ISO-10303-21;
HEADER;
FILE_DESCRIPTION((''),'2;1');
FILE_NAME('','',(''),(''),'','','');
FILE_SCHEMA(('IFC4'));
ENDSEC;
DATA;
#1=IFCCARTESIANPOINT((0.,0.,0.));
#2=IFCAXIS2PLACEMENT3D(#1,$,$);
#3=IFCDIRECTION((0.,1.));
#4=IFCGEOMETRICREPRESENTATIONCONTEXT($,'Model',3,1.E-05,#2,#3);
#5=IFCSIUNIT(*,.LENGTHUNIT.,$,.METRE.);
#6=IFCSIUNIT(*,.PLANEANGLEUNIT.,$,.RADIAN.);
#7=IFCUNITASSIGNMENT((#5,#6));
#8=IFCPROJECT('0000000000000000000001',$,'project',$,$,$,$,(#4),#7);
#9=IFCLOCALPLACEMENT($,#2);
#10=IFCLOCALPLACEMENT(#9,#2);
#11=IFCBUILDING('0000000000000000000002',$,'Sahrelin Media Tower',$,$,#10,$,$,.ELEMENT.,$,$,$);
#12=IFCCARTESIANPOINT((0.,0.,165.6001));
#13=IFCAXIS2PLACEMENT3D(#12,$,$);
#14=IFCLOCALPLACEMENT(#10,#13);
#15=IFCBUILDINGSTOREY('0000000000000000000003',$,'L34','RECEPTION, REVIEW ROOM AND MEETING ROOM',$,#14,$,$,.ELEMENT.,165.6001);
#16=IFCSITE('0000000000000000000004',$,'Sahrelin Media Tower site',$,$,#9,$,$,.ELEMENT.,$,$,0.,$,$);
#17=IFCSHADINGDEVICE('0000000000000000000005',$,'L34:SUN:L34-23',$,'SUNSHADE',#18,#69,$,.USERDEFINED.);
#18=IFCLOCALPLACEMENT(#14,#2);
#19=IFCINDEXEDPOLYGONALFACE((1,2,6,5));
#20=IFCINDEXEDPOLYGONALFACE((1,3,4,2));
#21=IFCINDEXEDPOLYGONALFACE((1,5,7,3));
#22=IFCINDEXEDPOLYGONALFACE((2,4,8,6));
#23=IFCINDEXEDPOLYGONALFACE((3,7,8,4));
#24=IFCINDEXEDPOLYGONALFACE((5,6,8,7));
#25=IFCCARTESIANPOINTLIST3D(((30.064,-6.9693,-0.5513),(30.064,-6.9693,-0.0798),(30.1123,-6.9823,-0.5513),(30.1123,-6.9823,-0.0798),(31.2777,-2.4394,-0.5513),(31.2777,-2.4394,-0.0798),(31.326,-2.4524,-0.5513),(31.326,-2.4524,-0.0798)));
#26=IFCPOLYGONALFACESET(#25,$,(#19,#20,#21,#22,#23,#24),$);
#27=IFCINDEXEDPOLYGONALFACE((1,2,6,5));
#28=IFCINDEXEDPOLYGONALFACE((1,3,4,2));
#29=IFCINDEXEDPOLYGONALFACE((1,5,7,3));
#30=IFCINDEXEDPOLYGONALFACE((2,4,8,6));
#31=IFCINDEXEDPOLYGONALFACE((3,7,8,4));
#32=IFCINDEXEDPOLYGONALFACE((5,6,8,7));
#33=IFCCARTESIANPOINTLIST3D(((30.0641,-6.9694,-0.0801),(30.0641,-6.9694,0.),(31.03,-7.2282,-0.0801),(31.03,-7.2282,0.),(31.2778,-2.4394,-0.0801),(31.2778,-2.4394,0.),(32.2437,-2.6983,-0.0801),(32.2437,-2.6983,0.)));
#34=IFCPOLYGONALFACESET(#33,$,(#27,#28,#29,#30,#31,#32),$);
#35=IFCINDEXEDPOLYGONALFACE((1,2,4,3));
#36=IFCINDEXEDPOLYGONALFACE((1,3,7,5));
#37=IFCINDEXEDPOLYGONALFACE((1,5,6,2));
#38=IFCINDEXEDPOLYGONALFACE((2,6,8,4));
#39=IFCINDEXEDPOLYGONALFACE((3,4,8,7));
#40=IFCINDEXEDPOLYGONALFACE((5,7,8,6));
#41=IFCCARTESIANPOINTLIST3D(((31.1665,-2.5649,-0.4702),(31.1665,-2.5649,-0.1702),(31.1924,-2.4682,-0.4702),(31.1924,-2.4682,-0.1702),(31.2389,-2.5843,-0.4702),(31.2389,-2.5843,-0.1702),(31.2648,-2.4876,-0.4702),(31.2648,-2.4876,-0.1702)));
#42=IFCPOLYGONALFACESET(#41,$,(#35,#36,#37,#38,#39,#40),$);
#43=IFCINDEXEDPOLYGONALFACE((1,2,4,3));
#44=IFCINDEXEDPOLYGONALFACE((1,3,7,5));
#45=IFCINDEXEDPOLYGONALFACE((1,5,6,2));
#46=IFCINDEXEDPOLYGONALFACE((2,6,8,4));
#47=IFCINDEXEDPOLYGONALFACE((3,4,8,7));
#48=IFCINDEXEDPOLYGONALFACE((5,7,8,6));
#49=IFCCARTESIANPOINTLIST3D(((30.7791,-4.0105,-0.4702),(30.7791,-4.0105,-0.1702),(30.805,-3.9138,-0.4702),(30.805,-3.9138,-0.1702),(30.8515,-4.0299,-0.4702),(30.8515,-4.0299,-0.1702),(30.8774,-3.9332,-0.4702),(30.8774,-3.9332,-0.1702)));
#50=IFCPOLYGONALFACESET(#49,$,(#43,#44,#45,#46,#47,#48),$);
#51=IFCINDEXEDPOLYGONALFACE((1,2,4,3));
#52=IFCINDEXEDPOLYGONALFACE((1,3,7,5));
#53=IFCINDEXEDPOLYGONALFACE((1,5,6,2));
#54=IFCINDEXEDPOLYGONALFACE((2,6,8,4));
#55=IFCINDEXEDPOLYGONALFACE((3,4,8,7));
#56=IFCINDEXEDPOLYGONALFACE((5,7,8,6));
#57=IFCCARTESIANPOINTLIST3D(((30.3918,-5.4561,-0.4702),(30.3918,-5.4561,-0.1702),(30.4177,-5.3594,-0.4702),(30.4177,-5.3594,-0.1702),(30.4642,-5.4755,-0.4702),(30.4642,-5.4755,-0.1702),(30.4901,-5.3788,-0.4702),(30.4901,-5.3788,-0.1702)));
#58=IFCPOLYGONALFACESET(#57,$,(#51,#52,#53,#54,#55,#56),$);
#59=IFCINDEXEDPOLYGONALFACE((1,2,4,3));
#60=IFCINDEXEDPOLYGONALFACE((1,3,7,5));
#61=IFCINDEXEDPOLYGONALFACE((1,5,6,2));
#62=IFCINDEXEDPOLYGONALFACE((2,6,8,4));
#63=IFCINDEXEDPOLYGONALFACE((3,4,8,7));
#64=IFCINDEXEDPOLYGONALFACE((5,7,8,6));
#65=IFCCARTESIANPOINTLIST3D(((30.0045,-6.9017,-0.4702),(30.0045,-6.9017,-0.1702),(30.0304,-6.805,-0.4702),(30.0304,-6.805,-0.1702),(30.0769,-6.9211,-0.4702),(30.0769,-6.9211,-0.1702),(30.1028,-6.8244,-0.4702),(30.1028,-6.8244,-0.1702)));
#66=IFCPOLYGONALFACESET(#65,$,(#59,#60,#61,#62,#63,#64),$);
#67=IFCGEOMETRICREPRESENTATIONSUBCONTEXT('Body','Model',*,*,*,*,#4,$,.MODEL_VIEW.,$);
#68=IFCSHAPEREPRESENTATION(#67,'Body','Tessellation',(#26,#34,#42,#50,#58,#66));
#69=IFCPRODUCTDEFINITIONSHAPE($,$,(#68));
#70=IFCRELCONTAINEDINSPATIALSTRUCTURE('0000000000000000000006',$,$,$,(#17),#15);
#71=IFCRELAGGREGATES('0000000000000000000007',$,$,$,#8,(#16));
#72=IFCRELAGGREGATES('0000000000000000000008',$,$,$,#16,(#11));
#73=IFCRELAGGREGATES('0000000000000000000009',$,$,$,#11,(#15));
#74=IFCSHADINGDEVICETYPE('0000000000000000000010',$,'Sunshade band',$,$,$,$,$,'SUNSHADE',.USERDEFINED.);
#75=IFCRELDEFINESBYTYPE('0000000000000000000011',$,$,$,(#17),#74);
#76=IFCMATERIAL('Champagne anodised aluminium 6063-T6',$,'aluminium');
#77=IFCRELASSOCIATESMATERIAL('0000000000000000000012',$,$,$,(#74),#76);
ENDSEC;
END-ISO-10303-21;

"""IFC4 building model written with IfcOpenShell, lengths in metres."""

from ifc_helpers import new_model, si_unit, direction, frame, origin, origin_2d, place, context, subcontext, project, spatial, rectangle, extrude, material, type_object, element, save


model = new_model("IFC4")

# Units and contexts
model_context = context("Model", 3, precision=1e-05, world=origin(), true_north=direction((0.0, 1.0)))
body_context = subcontext(model_context, "Body", "Model", "MODEL_VIEW")
ifc_project = project(units=[si_unit("LENGTHUNIT", "METRE"), si_unit("PLANEANGLEUNIT", "RADIAN")], contexts=[model_context])

# Site, building, storey
site_placement = place(None, origin())
site = spatial("IfcSite", under=ifc_project, at=site_placement, Name="Sahrelin Media Tower site", CompositionType="ELEMENT", RefElevation=0.0)
building_placement = place(site_placement, origin())
building = spatial("IfcBuilding", under=site, at=building_placement, Name="Sahrelin Media Tower", CompositionType="ELEMENT")
storey_placement = place(building_placement, frame((0.0, 0.0, 165.6001)))
storey = spatial("IfcBuildingStorey", under=building, at=storey_placement, Name="L34", Description="RECEPTION, REVIEW ROOM AND MEETING ROOM", CompositionType="ELEMENT", Elevation=165.6001)

# Shared definitions
ifc_material_1 = material(Name="Champagne anodised aluminium 6063-T6", Category="aluminium")

# Shading device
placement_1 = place(storey_placement, frame((30.6516, -4.6992, 0.0), z_axis=(0.0, 0.0, 1.0), x_axis=(-0.258808, -0.965929, 0.0)))
shading_device_type_1 = type_object("IfcShadingDeviceType", Name="Sunshade band", ElementType="SUNSHADE", PredefinedType="USERDEFINED", material=ifc_material_1)
element("IfcShadingDevice", 1, at=placement_1, inside=storey, type_object=shading_device_type_1, Name="L34:SUN:L34-23", ObjectType="SUNSHADE", PredefinedType="USERDEFINED", context=body_context, shape_type="SweptSolid", body=[
    extrude(rectangle(XDim=4.6897, YDim=0.05, at=origin_2d()), frame((0.0, 0.0449, -0.5513)), (0.0, 0.0, 1.0), 0.4714),
    extrude(rectangle(XDim=4.6897, YDim=1.0, at=origin_2d()), frame((0.0, 0.52, -0.0801)), (0.0, 0.0, 1.0), 0.0801),
    extrude(rectangle(XDim=0.1001, YDim=0.075, at=origin_2d()), frame((-2.2449, -0.0176, -0.4702)), (0.0, 0.0, 1.0), 0.3),
    extrude(rectangle(XDim=0.1001, YDim=0.075, at=origin_2d()), frame((-0.7483, -0.0176, -0.4702)), (0.0, 0.0, 1.0), 0.3),
    extrude(rectangle(XDim=0.1001, YDim=0.075, at=origin_2d()), frame((0.7483, -0.0176, -0.4702)), (0.0, 0.0, 1.0), 0.3),
    extrude(rectangle(XDim=0.1001, YDim=0.075, at=origin_2d()), frame((2.2449, -0.0176, -0.4702)), (0.0, 0.0, 1.0), 0.3),
])

save(model, "model.ifc")
